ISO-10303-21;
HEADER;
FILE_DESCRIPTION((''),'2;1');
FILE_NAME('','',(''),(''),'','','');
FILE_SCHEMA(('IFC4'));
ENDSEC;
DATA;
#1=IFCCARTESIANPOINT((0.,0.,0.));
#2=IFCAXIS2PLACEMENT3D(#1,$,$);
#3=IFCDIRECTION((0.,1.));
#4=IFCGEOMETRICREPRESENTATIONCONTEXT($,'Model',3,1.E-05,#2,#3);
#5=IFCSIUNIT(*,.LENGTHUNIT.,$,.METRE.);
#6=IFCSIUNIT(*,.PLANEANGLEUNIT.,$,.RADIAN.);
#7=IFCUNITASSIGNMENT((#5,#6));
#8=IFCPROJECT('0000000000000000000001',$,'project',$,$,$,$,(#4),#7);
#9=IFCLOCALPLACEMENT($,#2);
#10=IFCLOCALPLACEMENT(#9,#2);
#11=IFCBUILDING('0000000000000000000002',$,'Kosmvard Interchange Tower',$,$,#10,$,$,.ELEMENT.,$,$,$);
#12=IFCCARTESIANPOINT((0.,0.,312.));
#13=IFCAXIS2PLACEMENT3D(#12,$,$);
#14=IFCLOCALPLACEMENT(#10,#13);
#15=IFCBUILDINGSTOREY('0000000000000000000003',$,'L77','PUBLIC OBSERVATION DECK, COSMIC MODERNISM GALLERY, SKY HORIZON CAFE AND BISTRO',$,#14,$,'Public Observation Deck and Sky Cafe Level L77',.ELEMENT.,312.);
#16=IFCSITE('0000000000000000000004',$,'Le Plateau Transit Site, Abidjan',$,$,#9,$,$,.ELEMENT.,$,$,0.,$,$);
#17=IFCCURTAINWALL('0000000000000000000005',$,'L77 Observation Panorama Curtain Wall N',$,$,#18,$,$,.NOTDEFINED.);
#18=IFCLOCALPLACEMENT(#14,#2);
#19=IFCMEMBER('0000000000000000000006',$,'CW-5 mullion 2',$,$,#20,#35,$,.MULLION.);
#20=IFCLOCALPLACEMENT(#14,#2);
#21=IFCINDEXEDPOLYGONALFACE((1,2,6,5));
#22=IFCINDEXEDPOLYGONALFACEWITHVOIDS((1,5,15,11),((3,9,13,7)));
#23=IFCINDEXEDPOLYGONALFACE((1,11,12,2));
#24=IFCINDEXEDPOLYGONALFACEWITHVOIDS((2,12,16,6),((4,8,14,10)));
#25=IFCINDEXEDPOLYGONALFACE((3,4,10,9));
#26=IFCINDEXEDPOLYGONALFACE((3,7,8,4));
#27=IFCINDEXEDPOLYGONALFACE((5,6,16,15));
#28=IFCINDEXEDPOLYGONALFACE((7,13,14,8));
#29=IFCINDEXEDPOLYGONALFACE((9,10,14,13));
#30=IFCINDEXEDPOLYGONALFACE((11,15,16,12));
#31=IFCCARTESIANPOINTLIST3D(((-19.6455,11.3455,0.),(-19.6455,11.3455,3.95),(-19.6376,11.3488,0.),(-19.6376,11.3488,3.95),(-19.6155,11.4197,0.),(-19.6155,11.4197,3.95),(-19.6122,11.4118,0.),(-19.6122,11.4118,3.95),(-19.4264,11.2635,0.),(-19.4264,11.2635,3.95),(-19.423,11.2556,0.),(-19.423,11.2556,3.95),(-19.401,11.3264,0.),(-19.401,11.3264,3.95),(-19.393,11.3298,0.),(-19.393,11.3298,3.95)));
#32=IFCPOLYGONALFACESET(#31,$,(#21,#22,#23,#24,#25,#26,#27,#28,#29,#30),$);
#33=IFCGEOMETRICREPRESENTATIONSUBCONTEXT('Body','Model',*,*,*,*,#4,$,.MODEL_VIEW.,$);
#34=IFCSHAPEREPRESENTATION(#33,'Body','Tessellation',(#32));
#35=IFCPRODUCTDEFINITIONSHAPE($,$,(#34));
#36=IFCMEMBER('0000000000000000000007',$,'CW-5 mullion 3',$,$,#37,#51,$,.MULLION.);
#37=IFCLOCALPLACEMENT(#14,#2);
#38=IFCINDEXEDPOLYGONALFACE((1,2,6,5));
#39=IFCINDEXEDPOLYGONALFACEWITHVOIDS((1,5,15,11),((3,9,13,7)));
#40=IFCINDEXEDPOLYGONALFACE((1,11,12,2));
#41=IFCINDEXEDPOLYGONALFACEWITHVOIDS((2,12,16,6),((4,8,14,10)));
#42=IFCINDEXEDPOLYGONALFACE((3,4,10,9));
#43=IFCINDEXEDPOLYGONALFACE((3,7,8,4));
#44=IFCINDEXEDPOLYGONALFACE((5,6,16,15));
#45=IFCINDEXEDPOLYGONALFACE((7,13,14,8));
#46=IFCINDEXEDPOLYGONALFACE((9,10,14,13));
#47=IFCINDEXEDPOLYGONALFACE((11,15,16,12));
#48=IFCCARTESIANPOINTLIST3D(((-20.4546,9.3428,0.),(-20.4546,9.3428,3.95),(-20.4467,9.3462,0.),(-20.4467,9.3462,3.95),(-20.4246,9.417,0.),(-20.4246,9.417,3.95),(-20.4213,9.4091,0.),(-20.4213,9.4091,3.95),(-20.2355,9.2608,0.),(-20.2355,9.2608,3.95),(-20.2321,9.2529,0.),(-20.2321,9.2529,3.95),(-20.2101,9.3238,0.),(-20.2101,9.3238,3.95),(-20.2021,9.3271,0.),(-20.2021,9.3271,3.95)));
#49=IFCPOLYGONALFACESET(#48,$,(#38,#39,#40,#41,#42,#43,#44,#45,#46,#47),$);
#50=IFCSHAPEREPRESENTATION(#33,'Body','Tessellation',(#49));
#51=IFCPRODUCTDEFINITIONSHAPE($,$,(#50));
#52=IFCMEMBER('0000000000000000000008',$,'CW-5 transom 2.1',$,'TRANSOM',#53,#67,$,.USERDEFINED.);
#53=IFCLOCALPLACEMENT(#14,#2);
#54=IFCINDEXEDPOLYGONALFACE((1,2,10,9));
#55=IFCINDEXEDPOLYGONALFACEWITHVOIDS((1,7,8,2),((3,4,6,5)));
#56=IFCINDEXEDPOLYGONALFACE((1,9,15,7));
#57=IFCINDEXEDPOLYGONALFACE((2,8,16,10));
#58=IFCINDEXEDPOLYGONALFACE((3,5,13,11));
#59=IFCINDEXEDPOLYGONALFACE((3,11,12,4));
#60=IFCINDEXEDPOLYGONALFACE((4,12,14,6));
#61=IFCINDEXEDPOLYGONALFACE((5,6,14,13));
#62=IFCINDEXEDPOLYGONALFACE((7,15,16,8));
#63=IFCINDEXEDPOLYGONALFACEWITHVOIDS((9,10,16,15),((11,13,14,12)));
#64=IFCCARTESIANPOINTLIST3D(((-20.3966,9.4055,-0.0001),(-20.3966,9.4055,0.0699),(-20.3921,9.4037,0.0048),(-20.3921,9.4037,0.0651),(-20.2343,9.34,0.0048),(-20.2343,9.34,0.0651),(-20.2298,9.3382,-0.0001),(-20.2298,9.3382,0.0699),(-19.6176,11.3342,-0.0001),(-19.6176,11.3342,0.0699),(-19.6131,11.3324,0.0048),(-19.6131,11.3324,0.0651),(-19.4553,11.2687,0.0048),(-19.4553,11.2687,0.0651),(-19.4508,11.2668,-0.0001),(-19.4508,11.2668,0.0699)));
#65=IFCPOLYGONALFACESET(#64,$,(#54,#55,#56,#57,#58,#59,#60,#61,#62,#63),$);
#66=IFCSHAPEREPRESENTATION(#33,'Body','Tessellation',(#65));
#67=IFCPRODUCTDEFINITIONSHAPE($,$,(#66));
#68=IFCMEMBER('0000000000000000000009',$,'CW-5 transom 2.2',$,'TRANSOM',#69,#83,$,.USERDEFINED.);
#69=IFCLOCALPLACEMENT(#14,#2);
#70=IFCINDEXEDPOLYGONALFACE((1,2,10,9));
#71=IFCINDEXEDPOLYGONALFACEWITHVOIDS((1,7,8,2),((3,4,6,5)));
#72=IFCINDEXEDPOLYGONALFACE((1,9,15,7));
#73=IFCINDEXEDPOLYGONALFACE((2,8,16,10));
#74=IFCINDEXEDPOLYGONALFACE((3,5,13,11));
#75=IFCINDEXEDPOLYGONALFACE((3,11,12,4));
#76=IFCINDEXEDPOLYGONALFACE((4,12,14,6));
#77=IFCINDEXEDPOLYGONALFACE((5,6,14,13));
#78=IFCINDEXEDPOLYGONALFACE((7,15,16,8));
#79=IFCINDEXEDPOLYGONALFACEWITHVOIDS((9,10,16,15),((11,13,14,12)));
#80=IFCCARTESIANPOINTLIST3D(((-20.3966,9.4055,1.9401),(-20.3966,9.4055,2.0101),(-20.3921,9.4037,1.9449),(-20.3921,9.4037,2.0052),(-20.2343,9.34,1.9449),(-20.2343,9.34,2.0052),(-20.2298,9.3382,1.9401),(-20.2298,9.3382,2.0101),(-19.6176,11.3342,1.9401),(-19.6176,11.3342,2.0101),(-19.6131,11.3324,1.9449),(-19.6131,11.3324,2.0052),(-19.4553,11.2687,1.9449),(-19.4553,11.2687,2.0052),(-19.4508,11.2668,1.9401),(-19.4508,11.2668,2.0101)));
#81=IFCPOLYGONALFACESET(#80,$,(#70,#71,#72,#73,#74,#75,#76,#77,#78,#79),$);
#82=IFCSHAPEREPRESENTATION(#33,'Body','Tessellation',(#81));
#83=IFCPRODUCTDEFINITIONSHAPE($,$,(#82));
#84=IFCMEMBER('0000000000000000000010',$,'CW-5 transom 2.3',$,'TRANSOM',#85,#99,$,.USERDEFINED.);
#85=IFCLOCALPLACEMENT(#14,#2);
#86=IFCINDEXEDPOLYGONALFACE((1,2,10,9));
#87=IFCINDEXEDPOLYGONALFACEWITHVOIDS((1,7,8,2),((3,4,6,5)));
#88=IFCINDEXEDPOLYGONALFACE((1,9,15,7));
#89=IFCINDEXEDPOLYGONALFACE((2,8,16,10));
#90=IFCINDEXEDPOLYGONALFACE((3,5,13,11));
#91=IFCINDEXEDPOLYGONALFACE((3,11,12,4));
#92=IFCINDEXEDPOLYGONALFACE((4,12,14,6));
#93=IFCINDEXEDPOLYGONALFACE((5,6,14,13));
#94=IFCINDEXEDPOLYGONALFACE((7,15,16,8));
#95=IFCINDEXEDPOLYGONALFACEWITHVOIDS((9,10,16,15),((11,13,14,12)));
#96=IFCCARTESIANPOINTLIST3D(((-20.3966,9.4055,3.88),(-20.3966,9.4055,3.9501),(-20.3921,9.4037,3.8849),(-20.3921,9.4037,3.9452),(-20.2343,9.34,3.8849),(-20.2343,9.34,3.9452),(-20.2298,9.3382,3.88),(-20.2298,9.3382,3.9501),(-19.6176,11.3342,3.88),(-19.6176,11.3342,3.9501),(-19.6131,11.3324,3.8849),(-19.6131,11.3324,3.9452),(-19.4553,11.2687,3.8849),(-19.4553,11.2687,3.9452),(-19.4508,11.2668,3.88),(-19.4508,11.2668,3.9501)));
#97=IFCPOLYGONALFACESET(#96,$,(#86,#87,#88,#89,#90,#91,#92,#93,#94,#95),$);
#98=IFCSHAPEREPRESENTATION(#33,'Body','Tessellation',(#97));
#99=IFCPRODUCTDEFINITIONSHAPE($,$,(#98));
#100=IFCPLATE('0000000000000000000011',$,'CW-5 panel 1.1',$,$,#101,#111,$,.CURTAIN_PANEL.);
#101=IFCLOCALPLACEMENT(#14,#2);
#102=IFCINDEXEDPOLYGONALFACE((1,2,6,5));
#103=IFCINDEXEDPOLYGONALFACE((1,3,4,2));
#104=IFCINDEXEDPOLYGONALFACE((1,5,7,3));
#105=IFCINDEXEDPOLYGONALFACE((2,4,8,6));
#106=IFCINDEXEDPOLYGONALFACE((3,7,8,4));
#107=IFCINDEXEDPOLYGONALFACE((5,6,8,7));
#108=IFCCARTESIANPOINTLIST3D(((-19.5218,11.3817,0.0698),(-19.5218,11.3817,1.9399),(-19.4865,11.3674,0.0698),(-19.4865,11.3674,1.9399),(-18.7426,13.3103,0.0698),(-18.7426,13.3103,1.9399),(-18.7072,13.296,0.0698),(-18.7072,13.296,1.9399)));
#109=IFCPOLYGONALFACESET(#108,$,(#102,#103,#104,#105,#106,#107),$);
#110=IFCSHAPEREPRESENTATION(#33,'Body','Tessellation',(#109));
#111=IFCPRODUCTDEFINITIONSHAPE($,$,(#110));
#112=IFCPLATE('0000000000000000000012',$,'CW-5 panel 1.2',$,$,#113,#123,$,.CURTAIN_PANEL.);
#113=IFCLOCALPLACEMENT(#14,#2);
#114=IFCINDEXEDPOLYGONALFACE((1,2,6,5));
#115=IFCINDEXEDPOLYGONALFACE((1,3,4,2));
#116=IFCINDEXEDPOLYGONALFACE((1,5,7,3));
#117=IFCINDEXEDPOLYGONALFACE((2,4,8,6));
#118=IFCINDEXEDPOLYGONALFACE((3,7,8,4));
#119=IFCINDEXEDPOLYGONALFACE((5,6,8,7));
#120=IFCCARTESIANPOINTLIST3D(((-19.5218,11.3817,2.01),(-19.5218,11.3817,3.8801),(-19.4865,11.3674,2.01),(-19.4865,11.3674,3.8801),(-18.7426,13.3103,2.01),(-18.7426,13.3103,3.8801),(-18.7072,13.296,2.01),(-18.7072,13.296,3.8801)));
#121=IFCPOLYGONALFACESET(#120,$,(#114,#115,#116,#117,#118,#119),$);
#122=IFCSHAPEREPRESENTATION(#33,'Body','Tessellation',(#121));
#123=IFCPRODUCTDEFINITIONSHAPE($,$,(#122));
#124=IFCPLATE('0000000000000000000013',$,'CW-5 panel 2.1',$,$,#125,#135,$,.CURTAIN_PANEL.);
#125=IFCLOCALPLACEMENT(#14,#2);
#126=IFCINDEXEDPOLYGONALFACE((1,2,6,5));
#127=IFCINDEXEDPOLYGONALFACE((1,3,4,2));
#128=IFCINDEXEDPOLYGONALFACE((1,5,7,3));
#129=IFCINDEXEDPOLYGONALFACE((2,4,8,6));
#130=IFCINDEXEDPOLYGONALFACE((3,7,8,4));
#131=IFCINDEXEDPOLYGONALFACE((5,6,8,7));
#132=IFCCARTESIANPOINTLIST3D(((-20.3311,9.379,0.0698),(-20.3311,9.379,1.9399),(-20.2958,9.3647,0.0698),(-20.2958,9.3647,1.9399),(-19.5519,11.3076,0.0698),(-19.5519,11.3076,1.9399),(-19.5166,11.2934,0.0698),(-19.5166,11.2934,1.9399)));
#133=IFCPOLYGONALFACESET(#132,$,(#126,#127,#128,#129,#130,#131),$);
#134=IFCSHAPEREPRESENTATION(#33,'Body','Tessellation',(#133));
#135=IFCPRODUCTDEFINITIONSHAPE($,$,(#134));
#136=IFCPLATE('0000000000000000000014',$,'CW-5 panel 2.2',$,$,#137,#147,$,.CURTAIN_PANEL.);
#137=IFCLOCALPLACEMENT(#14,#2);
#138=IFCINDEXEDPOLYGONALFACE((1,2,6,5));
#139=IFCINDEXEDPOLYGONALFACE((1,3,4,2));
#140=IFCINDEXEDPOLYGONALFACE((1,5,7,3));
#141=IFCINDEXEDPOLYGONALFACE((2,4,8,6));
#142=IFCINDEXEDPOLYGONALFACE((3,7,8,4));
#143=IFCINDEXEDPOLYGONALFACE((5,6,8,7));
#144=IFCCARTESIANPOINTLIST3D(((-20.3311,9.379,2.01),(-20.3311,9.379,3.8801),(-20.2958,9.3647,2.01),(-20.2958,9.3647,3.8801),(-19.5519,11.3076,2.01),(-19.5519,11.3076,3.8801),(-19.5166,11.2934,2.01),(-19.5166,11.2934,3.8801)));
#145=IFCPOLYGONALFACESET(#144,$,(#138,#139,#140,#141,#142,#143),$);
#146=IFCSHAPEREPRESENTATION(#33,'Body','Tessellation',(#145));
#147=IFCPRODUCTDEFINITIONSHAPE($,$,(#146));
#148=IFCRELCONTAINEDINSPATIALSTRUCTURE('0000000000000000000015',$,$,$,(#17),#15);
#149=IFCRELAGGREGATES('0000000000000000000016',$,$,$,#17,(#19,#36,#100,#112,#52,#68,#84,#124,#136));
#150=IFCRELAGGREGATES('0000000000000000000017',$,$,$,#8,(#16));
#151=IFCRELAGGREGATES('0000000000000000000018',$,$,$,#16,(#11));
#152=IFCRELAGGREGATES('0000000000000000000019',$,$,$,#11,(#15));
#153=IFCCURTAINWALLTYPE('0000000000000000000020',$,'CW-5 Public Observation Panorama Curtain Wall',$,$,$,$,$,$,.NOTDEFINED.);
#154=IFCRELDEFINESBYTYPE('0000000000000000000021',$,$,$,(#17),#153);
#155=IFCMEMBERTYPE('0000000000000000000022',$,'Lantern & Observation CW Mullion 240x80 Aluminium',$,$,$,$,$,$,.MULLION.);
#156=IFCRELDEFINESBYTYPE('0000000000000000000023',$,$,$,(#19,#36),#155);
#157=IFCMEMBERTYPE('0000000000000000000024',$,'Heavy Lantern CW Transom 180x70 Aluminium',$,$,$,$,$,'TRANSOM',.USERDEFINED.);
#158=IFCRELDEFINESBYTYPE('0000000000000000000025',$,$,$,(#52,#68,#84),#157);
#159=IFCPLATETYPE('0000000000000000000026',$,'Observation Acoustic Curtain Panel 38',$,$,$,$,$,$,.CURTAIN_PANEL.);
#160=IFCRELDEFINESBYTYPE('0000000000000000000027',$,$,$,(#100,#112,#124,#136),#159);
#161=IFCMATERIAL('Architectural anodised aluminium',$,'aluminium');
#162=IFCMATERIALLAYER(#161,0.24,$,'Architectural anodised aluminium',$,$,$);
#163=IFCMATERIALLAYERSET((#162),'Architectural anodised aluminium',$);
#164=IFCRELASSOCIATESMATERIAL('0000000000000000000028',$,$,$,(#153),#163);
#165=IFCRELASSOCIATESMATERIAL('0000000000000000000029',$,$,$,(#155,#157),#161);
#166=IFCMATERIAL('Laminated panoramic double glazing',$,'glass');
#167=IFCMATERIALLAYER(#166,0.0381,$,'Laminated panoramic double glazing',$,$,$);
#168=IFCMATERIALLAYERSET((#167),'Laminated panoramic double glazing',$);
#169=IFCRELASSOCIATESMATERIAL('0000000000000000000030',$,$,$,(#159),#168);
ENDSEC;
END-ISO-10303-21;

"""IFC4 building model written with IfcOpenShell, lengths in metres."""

from ifc_helpers import new_model, si_unit, direction, frame, origin, origin_2d, place, context, subcontext, project, spatial, rectangle, hollow_rectangle, extrude, source, transform, mapped, material, layer, layer_set, material_profile, profile_set, type_object, element, aggregate, save


model = new_model("IFC4")

# Units and contexts
model_context = context("Model", 3, precision=1e-05, world=origin(), true_north=direction((0.0, 1.0)))
body_context = subcontext(model_context, "Body", "Model", "MODEL_VIEW")
ifc_project = project(units=[si_unit("LENGTHUNIT", "METRE"), si_unit("PLANEANGLEUNIT", "RADIAN")], contexts=[model_context])

# Site, building, storey
site_placement = place(None, origin())
site = spatial("IfcSite", under=ifc_project, at=site_placement, Name="Le Plateau Transit Site, Abidjan", CompositionType="ELEMENT", RefElevation=0.0)
building_placement = place(site_placement, origin())
building = spatial("IfcBuilding", under=site, at=building_placement, Name="Kosmvard Interchange Tower", CompositionType="ELEMENT")
storey_placement = place(building_placement, frame((0.0, 0.0, 312.0)))
storey = spatial("IfcBuildingStorey", under=building, at=storey_placement, Name="L77", Description="PUBLIC OBSERVATION DECK, COSMIC MODERNISM GALLERY, SKY HORIZON CAFE AND BISTRO", LongName="Public Observation Deck and Sky Cafe Level L77", CompositionType="ELEMENT", Elevation=312.0)

# Curtain wall, members, plates
ifc_material_1 = material(Name="Architectural anodised aluminium", Category="aluminium")
ifc_layer_1 = layer(ifc_material_1, 0.24, Name="Architectural anodised aluminium")
ifc_layer_set_1 = layer_set([ifc_layer_1], Name="Architectural anodised aluminium")
curtain_wall_type = type_object("IfcCurtainWallType", Name="CW-5 Public Observation Panorama Curtain Wall", PredefinedType="NOTDEFINED", material=ifc_layer_set_1)
curtain_wall_placement = place(storey_placement, origin())
curtain_wall = element("IfcCurtainWall", 1, at=curtain_wall_placement, inside=storey, type_object=curtain_wall_type, Name="L77 Observation Panorama Curtain Wall N", PredefinedType="NOTDEFINED")
ifc_material_profile_1 = material_profile(ifc_material_1, hollow_rectangle(XDim=0.24, YDim=0.0801, WallThickness=0.0061, at=origin_2d()), Name="CWM 240x80x6")
ifc_profile_set_1 = profile_set([ifc_material_profile_1], Name="Architectural anodised aluminium")
member_type_1 = type_object("IfcMemberType", Name="Lantern & Observation CW Mullion 240x80 Aluminium", PredefinedType="MULLION", material=ifc_profile_set_1)
shared_shape_1 = source(origin(), body_context, "Body", "SweptSolid", [
    extrude(hollow_rectangle(XDim=0.24, YDim=0.0801, WallThickness=0.0061, at=origin_2d()), origin(), (0.0, 0.0, 1.0), 3.95),
])
member_1_placement = place(storey_placement, frame((-19.5193, 11.3376, 0.0), z_axis=(0.0, 0.0, 1.0), x_axis=(0.927184, -0.374607, 0.0)))
member_1 = element("IfcMember", 2, at=member_1_placement, type_object=member_type_1, Name="CW-5 mullion 2", PredefinedType="MULLION", context=body_context, shape_type="MappedRepresentation", body=[
    mapped(shared_shape_1, transform((0.0, 0.0, 0.0), scale=1.0)),
])
member_2_placement = place(storey_placement, frame((-20.3284, 9.335, 0.0), z_axis=(0.0, 0.0, 1.0), x_axis=(0.927184, -0.374607, 0.0)))
member_2 = element("IfcMember", 3, at=member_2_placement, type_object=member_type_1, Name="CW-5 mullion 3", PredefinedType="MULLION", context=body_context, shape_type="MappedRepresentation", body=[
    mapped(shared_shape_1, transform((0.0, 0.0, 0.0), scale=1.0)),
])
ifc_material_profile_2 = material_profile(ifc_material_1, hollow_rectangle(XDim=0.1799, YDim=0.0701, WallThickness=0.0049, at=origin_2d()), Name="CWT 180x70x5")
ifc_profile_set_2 = profile_set([ifc_material_profile_2], Name="Architectural anodised aluminium")
member_type_2 = type_object("IfcMemberType", Name="Heavy Lantern CW Transom 180x70 Aluminium", ElementType="TRANSOM", PredefinedType="USERDEFINED", material=ifc_profile_set_2)
shared_shape_2 = source(origin(), body_context, "Body", "SweptSolid", [
    extrude(hollow_rectangle(XDim=0.1799, YDim=0.0701, WallThickness=0.0049, at=origin_2d()), origin(), (0.0, 0.0, 1.0), 2.0801),
])
member_3_placement = place(storey_placement, frame((-19.5342, 11.3005, 0.0349), z_axis=(-0.374525, -0.927217, 0.0), x_axis=(0.927217, -0.374525, 0.0)))
member_3 = element("IfcMember", 4, at=member_3_placement, type_object=member_type_2, Name="CW-5 transom 2.1", ObjectType="TRANSOM", PredefinedType="USERDEFINED", context=body_context, shape_type="MappedRepresentation", body=[
    mapped(shared_shape_2, transform((0.0, 0.0, 0.0), scale=1.0)),
])
member_4_placement = place(storey_placement, frame((-19.5342, 11.3005, 1.9751), z_axis=(-0.374525, -0.927217, 0.0), x_axis=(0.927217, -0.374525, 0.0)))
member_4 = element("IfcMember", 5, at=member_4_placement, type_object=member_type_2, Name="CW-5 transom 2.2", ObjectType="TRANSOM", PredefinedType="USERDEFINED", context=body_context, shape_type="MappedRepresentation", body=[
    mapped(shared_shape_2, transform((0.0, 0.0, 0.0), scale=1.0)),
])
member_5_placement = place(storey_placement, frame((-19.5342, 11.3005, 3.915), z_axis=(-0.374525, -0.927217, 0.0), x_axis=(0.927217, -0.374525, 0.0)))
member_5 = element("IfcMember", 6, at=member_5_placement, type_object=member_type_2, Name="CW-5 transom 2.3", ObjectType="TRANSOM", PredefinedType="USERDEFINED", context=body_context, shape_type="MappedRepresentation", body=[
    mapped(shared_shape_2, transform((0.0, 0.0, 0.0), scale=1.0)),
])
ifc_material_2 = material(Name="Laminated panoramic double glazing", Category="glass")
ifc_layer_2 = layer(ifc_material_2, 0.0381, Name="Laminated panoramic double glazing")
ifc_layer_set_2 = layer_set([ifc_layer_2], Name="Laminated panoramic double glazing")
plate_type = type_object("IfcPlateType", Name="Observation Acoustic Curtain Panel 38", PredefinedType="CURTAIN_PANEL", material=ifc_layer_set_2)
shared_shape_3 = source(origin(), body_context, "Body", "SweptSolid", [
    extrude(rectangle(XDim=2.0801, YDim=0.0381, at=origin_2d()), origin(), (0.0, 0.0, 1.0), 1.8701),
])
plate_1_placement = place(storey_placement, frame((-19.1145, 12.3389, 0.0698), z_axis=(0.0, 0.0, 1.0), x_axis=(-0.374607, -0.927184, 0.0)))
plate_1 = element("IfcPlate", 7, at=plate_1_placement, type_object=plate_type, Name="CW-5 panel 1.1", PredefinedType="CURTAIN_PANEL", context=body_context, shape_type="MappedRepresentation", body=[
    mapped(shared_shape_3, transform((0.0, 0.0, 0.0), scale=1.0)),
])
plate_2_placement = place(storey_placement, frame((-19.1145, 12.3389, 2.01), z_axis=(0.0, 0.0, 1.0), x_axis=(-0.374607, -0.927184, 0.0)))
plate_2 = element("IfcPlate", 8, at=plate_2_placement, type_object=plate_type, Name="CW-5 panel 1.2", PredefinedType="CURTAIN_PANEL", context=body_context, shape_type="MappedRepresentation", body=[
    mapped(shared_shape_3, transform((0.0, 0.0, 0.0), scale=1.0)),
])
plate_3_placement = place(storey_placement, frame((-19.9238, 10.3362, 0.0698), z_axis=(0.0, 0.0, 1.0), x_axis=(-0.374607, -0.927184, 0.0)))
plate_3 = element("IfcPlate", 9, at=plate_3_placement, type_object=plate_type, Name="CW-5 panel 2.1", PredefinedType="CURTAIN_PANEL", context=body_context, shape_type="MappedRepresentation", body=[
    mapped(shared_shape_3, transform((0.0, 0.0, 0.0), scale=1.0)),
])
plate_4_placement = place(storey_placement, frame((-19.9238, 10.3362, 2.01), z_axis=(0.0, 0.0, 1.0), x_axis=(-0.374607, -0.927184, 0.0)))
plate_4 = element("IfcPlate", 10, at=plate_4_placement, type_object=plate_type, Name="CW-5 panel 2.2", PredefinedType="CURTAIN_PANEL", context=body_context, shape_type="MappedRepresentation", body=[
    mapped(shared_shape_3, transform((0.0, 0.0, 0.0), scale=1.0)),
])
aggregate(curtain_wall, [member_1, member_2, plate_1, plate_2, member_3, member_4, member_5, plate_3, plate_4])

save(model, "model.ifc")
